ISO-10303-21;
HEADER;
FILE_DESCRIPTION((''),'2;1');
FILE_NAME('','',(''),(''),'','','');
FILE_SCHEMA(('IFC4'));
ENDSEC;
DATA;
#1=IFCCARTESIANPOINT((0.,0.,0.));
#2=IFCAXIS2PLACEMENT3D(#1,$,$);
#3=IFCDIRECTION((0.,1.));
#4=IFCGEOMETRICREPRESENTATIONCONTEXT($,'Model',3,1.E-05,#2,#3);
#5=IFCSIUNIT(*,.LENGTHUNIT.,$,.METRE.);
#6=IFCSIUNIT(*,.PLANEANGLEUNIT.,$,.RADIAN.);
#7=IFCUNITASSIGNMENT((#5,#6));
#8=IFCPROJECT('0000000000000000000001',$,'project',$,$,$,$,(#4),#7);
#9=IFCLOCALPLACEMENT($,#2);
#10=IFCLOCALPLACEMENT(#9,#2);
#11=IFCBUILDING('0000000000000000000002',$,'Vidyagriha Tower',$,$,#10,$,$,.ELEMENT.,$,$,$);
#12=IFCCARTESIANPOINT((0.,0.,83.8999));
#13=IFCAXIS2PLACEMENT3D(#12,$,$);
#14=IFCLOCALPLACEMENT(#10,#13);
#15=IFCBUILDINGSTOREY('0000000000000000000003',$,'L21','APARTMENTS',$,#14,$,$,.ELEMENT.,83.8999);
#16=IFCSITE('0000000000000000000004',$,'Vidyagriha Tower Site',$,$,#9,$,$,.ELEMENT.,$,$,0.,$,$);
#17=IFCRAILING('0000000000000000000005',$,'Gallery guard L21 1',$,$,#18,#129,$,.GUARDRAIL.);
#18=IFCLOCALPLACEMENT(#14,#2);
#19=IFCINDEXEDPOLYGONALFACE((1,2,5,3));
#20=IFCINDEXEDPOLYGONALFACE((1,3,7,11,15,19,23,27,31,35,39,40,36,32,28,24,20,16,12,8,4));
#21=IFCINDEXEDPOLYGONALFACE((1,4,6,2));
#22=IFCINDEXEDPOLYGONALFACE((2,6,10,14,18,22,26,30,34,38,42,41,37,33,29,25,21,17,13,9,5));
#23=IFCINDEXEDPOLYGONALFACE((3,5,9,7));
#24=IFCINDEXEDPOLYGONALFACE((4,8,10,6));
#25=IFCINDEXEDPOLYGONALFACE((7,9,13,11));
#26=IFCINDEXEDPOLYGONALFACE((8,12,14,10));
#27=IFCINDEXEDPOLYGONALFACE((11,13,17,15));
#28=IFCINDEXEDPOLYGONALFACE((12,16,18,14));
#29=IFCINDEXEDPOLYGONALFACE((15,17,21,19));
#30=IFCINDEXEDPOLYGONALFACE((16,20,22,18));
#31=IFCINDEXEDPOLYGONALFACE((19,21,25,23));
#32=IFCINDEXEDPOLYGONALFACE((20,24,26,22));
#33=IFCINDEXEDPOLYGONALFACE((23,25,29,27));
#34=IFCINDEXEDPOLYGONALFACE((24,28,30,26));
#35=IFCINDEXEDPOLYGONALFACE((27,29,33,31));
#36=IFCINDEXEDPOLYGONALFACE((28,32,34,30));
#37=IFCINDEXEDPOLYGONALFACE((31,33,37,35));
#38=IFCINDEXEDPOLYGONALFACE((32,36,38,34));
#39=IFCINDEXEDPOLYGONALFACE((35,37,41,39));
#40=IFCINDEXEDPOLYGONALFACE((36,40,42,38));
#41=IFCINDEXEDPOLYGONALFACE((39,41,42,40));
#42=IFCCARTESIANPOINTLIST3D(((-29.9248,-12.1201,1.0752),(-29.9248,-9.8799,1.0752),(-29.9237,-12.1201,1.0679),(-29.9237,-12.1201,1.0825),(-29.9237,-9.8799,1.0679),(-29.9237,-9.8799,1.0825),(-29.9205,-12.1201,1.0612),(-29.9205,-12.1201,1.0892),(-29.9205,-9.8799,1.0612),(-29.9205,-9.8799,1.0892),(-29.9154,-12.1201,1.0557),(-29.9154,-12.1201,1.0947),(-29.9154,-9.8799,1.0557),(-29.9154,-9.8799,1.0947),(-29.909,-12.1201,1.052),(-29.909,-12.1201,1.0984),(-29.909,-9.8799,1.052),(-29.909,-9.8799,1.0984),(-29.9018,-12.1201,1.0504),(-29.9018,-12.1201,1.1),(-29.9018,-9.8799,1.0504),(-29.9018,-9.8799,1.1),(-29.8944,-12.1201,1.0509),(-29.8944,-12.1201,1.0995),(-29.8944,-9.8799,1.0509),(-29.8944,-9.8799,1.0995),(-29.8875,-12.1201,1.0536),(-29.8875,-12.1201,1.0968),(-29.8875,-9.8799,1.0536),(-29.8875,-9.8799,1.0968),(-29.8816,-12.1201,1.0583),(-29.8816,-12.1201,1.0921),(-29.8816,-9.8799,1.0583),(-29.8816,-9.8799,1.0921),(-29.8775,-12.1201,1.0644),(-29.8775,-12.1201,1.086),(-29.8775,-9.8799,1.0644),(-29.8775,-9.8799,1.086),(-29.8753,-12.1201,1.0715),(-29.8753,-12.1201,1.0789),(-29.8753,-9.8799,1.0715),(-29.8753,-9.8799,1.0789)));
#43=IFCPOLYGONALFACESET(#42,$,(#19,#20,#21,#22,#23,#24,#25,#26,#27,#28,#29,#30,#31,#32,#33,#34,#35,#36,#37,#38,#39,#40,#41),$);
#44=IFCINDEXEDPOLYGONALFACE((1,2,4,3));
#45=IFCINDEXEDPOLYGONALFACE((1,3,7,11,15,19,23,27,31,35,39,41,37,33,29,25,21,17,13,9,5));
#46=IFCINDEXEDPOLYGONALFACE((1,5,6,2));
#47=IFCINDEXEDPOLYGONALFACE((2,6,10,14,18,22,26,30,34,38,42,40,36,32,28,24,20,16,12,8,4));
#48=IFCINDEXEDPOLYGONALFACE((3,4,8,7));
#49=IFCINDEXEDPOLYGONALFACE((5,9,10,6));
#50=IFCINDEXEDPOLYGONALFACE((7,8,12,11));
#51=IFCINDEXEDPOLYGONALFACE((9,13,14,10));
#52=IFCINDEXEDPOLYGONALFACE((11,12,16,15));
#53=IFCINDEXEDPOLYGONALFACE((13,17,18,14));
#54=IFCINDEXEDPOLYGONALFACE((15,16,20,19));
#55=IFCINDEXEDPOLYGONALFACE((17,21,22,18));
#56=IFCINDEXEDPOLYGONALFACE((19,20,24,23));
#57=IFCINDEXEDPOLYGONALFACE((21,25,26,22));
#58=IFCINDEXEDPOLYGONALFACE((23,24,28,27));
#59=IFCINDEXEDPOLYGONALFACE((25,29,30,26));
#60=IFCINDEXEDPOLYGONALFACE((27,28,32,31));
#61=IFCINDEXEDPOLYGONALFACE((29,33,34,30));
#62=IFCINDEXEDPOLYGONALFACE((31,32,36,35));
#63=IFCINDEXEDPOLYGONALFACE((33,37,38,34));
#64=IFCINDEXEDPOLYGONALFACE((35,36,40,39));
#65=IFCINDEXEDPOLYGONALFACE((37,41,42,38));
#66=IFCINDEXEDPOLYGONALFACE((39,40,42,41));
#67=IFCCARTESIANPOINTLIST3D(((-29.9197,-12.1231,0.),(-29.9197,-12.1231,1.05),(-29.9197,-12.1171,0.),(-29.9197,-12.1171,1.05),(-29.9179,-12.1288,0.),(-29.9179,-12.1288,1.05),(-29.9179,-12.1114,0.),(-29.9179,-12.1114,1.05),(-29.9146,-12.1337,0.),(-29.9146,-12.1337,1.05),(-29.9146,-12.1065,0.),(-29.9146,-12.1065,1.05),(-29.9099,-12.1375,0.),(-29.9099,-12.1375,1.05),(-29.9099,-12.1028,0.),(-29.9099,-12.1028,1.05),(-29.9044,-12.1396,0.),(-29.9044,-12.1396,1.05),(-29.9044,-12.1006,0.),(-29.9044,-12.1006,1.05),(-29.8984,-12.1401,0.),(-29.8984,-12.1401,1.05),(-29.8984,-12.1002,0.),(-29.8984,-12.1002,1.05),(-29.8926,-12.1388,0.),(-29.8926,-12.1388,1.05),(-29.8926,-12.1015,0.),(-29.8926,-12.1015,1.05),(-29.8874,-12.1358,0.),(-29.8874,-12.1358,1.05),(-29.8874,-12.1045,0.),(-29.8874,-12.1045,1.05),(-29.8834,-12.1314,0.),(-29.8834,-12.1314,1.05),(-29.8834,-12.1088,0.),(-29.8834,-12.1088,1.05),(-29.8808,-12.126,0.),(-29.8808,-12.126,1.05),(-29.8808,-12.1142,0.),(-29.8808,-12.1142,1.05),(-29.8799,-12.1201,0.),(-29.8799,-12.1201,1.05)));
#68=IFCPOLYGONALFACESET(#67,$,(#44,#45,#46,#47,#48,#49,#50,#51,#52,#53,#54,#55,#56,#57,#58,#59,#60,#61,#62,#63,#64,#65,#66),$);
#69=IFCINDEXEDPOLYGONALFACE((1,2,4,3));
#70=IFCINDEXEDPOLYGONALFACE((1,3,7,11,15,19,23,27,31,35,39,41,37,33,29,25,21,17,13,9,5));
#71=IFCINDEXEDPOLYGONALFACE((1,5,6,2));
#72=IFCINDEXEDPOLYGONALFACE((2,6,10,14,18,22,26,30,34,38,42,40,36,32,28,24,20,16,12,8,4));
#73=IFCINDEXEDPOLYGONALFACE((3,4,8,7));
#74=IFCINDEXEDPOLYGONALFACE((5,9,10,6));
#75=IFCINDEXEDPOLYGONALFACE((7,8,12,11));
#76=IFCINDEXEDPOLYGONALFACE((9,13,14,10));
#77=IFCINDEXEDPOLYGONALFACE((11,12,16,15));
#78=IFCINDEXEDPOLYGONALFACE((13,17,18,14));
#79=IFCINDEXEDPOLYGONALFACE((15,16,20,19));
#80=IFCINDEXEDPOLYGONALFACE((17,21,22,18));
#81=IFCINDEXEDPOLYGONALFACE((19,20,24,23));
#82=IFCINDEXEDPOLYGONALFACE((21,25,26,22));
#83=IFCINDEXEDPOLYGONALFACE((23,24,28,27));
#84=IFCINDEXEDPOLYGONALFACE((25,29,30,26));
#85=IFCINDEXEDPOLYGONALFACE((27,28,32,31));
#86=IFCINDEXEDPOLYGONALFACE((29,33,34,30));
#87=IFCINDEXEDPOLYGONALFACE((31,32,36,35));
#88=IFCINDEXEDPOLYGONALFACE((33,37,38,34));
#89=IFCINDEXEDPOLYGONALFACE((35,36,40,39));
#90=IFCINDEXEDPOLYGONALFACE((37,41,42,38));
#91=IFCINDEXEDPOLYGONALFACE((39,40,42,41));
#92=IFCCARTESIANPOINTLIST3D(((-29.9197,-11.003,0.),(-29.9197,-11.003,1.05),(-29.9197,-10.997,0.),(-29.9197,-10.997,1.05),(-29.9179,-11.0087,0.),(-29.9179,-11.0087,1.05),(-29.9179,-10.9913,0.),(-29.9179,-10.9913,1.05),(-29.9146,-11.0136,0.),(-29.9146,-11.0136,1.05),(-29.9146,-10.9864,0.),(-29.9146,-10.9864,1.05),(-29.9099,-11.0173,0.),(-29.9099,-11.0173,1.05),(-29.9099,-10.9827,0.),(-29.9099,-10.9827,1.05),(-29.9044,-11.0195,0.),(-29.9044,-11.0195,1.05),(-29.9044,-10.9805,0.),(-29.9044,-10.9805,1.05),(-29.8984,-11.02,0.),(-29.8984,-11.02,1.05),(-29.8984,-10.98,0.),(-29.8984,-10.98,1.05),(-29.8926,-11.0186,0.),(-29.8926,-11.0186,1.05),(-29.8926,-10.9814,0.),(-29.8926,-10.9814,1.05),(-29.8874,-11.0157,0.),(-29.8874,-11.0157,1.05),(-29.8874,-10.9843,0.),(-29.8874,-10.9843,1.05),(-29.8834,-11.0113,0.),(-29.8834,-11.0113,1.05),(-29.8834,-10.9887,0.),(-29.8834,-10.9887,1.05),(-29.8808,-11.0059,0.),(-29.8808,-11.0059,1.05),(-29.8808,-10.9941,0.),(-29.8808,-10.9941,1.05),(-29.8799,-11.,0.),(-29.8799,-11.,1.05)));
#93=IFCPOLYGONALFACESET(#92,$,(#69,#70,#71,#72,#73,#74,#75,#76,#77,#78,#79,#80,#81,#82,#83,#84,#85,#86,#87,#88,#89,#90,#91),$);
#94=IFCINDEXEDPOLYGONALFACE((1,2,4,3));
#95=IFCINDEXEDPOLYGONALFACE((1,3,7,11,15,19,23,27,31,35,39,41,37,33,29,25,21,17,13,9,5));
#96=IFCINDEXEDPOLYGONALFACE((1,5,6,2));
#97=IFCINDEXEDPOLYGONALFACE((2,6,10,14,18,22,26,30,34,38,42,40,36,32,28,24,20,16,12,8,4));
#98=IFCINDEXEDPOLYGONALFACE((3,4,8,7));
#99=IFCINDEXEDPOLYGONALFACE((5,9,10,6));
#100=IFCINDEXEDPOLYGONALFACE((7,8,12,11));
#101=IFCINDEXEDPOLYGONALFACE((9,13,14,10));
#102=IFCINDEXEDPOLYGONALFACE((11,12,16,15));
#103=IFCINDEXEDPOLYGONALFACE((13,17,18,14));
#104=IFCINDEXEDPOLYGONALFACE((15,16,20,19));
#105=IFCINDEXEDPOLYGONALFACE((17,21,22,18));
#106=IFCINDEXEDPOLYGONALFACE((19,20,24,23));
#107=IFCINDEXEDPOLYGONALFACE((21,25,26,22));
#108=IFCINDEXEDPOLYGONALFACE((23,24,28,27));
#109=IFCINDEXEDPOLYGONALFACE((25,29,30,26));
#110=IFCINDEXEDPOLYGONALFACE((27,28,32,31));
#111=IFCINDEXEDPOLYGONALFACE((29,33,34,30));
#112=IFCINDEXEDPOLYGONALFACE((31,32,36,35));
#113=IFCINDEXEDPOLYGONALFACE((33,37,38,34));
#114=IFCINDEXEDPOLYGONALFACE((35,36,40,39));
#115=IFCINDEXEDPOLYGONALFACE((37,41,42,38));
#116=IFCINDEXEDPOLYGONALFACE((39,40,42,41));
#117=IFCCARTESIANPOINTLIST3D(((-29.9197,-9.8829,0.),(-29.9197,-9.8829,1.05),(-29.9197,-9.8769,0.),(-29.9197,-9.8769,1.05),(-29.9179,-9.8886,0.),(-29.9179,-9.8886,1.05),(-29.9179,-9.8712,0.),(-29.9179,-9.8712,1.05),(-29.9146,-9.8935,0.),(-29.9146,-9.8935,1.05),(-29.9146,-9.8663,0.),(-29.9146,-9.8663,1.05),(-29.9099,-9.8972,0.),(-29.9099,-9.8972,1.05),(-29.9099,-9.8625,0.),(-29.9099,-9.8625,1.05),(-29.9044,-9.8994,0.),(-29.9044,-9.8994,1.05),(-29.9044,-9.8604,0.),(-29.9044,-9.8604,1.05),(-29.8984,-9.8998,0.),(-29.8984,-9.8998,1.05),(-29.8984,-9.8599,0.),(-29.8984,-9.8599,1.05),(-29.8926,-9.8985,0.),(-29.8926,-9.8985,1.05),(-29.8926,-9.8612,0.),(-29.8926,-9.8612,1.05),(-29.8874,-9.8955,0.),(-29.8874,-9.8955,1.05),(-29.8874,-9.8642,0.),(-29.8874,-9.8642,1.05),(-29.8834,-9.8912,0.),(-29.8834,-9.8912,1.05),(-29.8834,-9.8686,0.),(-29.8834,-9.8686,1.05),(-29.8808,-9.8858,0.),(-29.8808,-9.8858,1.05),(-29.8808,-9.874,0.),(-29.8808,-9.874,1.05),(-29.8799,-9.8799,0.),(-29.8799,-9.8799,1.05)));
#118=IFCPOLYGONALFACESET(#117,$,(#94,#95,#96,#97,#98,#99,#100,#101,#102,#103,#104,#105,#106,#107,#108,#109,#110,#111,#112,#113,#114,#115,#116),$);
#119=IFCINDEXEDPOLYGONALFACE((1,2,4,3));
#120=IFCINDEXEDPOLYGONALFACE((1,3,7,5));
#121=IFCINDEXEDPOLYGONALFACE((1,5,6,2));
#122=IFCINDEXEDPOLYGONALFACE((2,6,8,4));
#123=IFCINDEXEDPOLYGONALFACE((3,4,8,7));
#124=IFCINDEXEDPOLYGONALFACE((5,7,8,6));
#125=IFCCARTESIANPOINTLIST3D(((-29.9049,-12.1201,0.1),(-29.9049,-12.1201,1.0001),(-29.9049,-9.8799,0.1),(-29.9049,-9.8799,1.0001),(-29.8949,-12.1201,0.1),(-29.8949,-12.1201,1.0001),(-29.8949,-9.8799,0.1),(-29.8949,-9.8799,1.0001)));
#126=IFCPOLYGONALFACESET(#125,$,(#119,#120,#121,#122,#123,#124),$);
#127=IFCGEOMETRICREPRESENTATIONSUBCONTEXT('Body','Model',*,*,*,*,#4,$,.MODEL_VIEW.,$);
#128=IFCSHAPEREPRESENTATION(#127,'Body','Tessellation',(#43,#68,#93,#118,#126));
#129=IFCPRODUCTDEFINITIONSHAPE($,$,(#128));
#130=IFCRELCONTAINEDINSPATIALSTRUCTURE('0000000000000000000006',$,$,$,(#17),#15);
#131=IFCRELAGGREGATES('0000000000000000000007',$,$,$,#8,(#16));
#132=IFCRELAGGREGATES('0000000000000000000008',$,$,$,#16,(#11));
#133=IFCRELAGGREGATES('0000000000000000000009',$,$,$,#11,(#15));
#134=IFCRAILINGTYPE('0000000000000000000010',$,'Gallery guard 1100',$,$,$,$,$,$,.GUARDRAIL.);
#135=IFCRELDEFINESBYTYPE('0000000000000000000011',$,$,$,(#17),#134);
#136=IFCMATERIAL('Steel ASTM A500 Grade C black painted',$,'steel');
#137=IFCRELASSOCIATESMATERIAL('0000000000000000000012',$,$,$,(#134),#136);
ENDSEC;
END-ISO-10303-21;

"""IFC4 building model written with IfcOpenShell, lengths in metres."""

from ifc_helpers import new_model, si_unit, direction, frame, origin, origin_2d, place, context, subcontext, project, spatial, rectangle, circle, extrude, material, type_object, element, save


model = new_model("IFC4")

# Units and contexts
model_context = context("Model", 3, precision=1e-05, world=origin(), true_north=direction((0.0, 1.0)))
body_context = subcontext(model_context, "Body", "Model", "MODEL_VIEW")
ifc_project = project(units=[si_unit("LENGTHUNIT", "METRE"), si_unit("PLANEANGLEUNIT", "RADIAN")], contexts=[model_context])

# Site, building, storey
site_placement = place(None, origin())
site = spatial("IfcSite", under=ifc_project, at=site_placement, Name="Vidyagriha Tower Site", CompositionType="ELEMENT", RefElevation=0.0)
building_placement = place(site_placement, origin())
building = spatial("IfcBuilding", under=site, at=building_placement, Name="Vidyagriha Tower", CompositionType="ELEMENT")
storey_placement = place(building_placement, frame((0.0, 0.0, 83.8999)))
storey = spatial("IfcBuildingStorey", under=building, at=storey_placement, Name="L21", Description="APARTMENTS", CompositionType="ELEMENT", Elevation=83.8999)

# Railing
ifc_material_1 = material(Name="Steel ASTM A500 Grade C black painted", Category="steel")
railing_type_1 = type_object("IfcRailingType", Name="Gallery guard 1100", PredefinedType="GUARDRAIL", material=ifc_material_1)
railing_1_placement = place(storey_placement, frame((-29.8999, -12.1201, 0.0)))
element("IfcRailing", 1, at=railing_1_placement, inside=storey, type_object=railing_type_1, Name="Gallery guard L21 1", PredefinedType="GUARDRAIL", context=body_context, shape_type="SweptSolid", body=[
    extrude(circle(Radius=0.0249, at=origin_2d()), frame((0.0, 0.0, 1.0752), z_axis=(0.0, 1.0, 0.0), x_axis=(-1.0, 0.0, 0.0)), (0.0, 0.0, 1.0), 2.2402),
    extrude(circle(Radius=0.02, at=origin_2d()), origin(), (0.0, 0.0, 1.0), 1.05),
    extrude(circle(Radius=0.02, at=origin_2d()), frame((0.0, 1.1201, 0.0)), (0.0, 0.0, 1.0), 1.05),
    extrude(circle(Radius=0.02, at=origin_2d()), frame((0.0, 2.2402, 0.0)), (0.0, 0.0, 1.0), 1.05),
    extrude(rectangle(XDim=0.01, YDim=0.9001, at=origin_2d()), frame((0.0, 0.0, 0.55), z_axis=(0.0, 1.0, 0.0), x_axis=(-1.0, 0.0, 0.0)), (0.0, 0.0, 1.0), 2.2402),
])

save(model, "model.ifc")
